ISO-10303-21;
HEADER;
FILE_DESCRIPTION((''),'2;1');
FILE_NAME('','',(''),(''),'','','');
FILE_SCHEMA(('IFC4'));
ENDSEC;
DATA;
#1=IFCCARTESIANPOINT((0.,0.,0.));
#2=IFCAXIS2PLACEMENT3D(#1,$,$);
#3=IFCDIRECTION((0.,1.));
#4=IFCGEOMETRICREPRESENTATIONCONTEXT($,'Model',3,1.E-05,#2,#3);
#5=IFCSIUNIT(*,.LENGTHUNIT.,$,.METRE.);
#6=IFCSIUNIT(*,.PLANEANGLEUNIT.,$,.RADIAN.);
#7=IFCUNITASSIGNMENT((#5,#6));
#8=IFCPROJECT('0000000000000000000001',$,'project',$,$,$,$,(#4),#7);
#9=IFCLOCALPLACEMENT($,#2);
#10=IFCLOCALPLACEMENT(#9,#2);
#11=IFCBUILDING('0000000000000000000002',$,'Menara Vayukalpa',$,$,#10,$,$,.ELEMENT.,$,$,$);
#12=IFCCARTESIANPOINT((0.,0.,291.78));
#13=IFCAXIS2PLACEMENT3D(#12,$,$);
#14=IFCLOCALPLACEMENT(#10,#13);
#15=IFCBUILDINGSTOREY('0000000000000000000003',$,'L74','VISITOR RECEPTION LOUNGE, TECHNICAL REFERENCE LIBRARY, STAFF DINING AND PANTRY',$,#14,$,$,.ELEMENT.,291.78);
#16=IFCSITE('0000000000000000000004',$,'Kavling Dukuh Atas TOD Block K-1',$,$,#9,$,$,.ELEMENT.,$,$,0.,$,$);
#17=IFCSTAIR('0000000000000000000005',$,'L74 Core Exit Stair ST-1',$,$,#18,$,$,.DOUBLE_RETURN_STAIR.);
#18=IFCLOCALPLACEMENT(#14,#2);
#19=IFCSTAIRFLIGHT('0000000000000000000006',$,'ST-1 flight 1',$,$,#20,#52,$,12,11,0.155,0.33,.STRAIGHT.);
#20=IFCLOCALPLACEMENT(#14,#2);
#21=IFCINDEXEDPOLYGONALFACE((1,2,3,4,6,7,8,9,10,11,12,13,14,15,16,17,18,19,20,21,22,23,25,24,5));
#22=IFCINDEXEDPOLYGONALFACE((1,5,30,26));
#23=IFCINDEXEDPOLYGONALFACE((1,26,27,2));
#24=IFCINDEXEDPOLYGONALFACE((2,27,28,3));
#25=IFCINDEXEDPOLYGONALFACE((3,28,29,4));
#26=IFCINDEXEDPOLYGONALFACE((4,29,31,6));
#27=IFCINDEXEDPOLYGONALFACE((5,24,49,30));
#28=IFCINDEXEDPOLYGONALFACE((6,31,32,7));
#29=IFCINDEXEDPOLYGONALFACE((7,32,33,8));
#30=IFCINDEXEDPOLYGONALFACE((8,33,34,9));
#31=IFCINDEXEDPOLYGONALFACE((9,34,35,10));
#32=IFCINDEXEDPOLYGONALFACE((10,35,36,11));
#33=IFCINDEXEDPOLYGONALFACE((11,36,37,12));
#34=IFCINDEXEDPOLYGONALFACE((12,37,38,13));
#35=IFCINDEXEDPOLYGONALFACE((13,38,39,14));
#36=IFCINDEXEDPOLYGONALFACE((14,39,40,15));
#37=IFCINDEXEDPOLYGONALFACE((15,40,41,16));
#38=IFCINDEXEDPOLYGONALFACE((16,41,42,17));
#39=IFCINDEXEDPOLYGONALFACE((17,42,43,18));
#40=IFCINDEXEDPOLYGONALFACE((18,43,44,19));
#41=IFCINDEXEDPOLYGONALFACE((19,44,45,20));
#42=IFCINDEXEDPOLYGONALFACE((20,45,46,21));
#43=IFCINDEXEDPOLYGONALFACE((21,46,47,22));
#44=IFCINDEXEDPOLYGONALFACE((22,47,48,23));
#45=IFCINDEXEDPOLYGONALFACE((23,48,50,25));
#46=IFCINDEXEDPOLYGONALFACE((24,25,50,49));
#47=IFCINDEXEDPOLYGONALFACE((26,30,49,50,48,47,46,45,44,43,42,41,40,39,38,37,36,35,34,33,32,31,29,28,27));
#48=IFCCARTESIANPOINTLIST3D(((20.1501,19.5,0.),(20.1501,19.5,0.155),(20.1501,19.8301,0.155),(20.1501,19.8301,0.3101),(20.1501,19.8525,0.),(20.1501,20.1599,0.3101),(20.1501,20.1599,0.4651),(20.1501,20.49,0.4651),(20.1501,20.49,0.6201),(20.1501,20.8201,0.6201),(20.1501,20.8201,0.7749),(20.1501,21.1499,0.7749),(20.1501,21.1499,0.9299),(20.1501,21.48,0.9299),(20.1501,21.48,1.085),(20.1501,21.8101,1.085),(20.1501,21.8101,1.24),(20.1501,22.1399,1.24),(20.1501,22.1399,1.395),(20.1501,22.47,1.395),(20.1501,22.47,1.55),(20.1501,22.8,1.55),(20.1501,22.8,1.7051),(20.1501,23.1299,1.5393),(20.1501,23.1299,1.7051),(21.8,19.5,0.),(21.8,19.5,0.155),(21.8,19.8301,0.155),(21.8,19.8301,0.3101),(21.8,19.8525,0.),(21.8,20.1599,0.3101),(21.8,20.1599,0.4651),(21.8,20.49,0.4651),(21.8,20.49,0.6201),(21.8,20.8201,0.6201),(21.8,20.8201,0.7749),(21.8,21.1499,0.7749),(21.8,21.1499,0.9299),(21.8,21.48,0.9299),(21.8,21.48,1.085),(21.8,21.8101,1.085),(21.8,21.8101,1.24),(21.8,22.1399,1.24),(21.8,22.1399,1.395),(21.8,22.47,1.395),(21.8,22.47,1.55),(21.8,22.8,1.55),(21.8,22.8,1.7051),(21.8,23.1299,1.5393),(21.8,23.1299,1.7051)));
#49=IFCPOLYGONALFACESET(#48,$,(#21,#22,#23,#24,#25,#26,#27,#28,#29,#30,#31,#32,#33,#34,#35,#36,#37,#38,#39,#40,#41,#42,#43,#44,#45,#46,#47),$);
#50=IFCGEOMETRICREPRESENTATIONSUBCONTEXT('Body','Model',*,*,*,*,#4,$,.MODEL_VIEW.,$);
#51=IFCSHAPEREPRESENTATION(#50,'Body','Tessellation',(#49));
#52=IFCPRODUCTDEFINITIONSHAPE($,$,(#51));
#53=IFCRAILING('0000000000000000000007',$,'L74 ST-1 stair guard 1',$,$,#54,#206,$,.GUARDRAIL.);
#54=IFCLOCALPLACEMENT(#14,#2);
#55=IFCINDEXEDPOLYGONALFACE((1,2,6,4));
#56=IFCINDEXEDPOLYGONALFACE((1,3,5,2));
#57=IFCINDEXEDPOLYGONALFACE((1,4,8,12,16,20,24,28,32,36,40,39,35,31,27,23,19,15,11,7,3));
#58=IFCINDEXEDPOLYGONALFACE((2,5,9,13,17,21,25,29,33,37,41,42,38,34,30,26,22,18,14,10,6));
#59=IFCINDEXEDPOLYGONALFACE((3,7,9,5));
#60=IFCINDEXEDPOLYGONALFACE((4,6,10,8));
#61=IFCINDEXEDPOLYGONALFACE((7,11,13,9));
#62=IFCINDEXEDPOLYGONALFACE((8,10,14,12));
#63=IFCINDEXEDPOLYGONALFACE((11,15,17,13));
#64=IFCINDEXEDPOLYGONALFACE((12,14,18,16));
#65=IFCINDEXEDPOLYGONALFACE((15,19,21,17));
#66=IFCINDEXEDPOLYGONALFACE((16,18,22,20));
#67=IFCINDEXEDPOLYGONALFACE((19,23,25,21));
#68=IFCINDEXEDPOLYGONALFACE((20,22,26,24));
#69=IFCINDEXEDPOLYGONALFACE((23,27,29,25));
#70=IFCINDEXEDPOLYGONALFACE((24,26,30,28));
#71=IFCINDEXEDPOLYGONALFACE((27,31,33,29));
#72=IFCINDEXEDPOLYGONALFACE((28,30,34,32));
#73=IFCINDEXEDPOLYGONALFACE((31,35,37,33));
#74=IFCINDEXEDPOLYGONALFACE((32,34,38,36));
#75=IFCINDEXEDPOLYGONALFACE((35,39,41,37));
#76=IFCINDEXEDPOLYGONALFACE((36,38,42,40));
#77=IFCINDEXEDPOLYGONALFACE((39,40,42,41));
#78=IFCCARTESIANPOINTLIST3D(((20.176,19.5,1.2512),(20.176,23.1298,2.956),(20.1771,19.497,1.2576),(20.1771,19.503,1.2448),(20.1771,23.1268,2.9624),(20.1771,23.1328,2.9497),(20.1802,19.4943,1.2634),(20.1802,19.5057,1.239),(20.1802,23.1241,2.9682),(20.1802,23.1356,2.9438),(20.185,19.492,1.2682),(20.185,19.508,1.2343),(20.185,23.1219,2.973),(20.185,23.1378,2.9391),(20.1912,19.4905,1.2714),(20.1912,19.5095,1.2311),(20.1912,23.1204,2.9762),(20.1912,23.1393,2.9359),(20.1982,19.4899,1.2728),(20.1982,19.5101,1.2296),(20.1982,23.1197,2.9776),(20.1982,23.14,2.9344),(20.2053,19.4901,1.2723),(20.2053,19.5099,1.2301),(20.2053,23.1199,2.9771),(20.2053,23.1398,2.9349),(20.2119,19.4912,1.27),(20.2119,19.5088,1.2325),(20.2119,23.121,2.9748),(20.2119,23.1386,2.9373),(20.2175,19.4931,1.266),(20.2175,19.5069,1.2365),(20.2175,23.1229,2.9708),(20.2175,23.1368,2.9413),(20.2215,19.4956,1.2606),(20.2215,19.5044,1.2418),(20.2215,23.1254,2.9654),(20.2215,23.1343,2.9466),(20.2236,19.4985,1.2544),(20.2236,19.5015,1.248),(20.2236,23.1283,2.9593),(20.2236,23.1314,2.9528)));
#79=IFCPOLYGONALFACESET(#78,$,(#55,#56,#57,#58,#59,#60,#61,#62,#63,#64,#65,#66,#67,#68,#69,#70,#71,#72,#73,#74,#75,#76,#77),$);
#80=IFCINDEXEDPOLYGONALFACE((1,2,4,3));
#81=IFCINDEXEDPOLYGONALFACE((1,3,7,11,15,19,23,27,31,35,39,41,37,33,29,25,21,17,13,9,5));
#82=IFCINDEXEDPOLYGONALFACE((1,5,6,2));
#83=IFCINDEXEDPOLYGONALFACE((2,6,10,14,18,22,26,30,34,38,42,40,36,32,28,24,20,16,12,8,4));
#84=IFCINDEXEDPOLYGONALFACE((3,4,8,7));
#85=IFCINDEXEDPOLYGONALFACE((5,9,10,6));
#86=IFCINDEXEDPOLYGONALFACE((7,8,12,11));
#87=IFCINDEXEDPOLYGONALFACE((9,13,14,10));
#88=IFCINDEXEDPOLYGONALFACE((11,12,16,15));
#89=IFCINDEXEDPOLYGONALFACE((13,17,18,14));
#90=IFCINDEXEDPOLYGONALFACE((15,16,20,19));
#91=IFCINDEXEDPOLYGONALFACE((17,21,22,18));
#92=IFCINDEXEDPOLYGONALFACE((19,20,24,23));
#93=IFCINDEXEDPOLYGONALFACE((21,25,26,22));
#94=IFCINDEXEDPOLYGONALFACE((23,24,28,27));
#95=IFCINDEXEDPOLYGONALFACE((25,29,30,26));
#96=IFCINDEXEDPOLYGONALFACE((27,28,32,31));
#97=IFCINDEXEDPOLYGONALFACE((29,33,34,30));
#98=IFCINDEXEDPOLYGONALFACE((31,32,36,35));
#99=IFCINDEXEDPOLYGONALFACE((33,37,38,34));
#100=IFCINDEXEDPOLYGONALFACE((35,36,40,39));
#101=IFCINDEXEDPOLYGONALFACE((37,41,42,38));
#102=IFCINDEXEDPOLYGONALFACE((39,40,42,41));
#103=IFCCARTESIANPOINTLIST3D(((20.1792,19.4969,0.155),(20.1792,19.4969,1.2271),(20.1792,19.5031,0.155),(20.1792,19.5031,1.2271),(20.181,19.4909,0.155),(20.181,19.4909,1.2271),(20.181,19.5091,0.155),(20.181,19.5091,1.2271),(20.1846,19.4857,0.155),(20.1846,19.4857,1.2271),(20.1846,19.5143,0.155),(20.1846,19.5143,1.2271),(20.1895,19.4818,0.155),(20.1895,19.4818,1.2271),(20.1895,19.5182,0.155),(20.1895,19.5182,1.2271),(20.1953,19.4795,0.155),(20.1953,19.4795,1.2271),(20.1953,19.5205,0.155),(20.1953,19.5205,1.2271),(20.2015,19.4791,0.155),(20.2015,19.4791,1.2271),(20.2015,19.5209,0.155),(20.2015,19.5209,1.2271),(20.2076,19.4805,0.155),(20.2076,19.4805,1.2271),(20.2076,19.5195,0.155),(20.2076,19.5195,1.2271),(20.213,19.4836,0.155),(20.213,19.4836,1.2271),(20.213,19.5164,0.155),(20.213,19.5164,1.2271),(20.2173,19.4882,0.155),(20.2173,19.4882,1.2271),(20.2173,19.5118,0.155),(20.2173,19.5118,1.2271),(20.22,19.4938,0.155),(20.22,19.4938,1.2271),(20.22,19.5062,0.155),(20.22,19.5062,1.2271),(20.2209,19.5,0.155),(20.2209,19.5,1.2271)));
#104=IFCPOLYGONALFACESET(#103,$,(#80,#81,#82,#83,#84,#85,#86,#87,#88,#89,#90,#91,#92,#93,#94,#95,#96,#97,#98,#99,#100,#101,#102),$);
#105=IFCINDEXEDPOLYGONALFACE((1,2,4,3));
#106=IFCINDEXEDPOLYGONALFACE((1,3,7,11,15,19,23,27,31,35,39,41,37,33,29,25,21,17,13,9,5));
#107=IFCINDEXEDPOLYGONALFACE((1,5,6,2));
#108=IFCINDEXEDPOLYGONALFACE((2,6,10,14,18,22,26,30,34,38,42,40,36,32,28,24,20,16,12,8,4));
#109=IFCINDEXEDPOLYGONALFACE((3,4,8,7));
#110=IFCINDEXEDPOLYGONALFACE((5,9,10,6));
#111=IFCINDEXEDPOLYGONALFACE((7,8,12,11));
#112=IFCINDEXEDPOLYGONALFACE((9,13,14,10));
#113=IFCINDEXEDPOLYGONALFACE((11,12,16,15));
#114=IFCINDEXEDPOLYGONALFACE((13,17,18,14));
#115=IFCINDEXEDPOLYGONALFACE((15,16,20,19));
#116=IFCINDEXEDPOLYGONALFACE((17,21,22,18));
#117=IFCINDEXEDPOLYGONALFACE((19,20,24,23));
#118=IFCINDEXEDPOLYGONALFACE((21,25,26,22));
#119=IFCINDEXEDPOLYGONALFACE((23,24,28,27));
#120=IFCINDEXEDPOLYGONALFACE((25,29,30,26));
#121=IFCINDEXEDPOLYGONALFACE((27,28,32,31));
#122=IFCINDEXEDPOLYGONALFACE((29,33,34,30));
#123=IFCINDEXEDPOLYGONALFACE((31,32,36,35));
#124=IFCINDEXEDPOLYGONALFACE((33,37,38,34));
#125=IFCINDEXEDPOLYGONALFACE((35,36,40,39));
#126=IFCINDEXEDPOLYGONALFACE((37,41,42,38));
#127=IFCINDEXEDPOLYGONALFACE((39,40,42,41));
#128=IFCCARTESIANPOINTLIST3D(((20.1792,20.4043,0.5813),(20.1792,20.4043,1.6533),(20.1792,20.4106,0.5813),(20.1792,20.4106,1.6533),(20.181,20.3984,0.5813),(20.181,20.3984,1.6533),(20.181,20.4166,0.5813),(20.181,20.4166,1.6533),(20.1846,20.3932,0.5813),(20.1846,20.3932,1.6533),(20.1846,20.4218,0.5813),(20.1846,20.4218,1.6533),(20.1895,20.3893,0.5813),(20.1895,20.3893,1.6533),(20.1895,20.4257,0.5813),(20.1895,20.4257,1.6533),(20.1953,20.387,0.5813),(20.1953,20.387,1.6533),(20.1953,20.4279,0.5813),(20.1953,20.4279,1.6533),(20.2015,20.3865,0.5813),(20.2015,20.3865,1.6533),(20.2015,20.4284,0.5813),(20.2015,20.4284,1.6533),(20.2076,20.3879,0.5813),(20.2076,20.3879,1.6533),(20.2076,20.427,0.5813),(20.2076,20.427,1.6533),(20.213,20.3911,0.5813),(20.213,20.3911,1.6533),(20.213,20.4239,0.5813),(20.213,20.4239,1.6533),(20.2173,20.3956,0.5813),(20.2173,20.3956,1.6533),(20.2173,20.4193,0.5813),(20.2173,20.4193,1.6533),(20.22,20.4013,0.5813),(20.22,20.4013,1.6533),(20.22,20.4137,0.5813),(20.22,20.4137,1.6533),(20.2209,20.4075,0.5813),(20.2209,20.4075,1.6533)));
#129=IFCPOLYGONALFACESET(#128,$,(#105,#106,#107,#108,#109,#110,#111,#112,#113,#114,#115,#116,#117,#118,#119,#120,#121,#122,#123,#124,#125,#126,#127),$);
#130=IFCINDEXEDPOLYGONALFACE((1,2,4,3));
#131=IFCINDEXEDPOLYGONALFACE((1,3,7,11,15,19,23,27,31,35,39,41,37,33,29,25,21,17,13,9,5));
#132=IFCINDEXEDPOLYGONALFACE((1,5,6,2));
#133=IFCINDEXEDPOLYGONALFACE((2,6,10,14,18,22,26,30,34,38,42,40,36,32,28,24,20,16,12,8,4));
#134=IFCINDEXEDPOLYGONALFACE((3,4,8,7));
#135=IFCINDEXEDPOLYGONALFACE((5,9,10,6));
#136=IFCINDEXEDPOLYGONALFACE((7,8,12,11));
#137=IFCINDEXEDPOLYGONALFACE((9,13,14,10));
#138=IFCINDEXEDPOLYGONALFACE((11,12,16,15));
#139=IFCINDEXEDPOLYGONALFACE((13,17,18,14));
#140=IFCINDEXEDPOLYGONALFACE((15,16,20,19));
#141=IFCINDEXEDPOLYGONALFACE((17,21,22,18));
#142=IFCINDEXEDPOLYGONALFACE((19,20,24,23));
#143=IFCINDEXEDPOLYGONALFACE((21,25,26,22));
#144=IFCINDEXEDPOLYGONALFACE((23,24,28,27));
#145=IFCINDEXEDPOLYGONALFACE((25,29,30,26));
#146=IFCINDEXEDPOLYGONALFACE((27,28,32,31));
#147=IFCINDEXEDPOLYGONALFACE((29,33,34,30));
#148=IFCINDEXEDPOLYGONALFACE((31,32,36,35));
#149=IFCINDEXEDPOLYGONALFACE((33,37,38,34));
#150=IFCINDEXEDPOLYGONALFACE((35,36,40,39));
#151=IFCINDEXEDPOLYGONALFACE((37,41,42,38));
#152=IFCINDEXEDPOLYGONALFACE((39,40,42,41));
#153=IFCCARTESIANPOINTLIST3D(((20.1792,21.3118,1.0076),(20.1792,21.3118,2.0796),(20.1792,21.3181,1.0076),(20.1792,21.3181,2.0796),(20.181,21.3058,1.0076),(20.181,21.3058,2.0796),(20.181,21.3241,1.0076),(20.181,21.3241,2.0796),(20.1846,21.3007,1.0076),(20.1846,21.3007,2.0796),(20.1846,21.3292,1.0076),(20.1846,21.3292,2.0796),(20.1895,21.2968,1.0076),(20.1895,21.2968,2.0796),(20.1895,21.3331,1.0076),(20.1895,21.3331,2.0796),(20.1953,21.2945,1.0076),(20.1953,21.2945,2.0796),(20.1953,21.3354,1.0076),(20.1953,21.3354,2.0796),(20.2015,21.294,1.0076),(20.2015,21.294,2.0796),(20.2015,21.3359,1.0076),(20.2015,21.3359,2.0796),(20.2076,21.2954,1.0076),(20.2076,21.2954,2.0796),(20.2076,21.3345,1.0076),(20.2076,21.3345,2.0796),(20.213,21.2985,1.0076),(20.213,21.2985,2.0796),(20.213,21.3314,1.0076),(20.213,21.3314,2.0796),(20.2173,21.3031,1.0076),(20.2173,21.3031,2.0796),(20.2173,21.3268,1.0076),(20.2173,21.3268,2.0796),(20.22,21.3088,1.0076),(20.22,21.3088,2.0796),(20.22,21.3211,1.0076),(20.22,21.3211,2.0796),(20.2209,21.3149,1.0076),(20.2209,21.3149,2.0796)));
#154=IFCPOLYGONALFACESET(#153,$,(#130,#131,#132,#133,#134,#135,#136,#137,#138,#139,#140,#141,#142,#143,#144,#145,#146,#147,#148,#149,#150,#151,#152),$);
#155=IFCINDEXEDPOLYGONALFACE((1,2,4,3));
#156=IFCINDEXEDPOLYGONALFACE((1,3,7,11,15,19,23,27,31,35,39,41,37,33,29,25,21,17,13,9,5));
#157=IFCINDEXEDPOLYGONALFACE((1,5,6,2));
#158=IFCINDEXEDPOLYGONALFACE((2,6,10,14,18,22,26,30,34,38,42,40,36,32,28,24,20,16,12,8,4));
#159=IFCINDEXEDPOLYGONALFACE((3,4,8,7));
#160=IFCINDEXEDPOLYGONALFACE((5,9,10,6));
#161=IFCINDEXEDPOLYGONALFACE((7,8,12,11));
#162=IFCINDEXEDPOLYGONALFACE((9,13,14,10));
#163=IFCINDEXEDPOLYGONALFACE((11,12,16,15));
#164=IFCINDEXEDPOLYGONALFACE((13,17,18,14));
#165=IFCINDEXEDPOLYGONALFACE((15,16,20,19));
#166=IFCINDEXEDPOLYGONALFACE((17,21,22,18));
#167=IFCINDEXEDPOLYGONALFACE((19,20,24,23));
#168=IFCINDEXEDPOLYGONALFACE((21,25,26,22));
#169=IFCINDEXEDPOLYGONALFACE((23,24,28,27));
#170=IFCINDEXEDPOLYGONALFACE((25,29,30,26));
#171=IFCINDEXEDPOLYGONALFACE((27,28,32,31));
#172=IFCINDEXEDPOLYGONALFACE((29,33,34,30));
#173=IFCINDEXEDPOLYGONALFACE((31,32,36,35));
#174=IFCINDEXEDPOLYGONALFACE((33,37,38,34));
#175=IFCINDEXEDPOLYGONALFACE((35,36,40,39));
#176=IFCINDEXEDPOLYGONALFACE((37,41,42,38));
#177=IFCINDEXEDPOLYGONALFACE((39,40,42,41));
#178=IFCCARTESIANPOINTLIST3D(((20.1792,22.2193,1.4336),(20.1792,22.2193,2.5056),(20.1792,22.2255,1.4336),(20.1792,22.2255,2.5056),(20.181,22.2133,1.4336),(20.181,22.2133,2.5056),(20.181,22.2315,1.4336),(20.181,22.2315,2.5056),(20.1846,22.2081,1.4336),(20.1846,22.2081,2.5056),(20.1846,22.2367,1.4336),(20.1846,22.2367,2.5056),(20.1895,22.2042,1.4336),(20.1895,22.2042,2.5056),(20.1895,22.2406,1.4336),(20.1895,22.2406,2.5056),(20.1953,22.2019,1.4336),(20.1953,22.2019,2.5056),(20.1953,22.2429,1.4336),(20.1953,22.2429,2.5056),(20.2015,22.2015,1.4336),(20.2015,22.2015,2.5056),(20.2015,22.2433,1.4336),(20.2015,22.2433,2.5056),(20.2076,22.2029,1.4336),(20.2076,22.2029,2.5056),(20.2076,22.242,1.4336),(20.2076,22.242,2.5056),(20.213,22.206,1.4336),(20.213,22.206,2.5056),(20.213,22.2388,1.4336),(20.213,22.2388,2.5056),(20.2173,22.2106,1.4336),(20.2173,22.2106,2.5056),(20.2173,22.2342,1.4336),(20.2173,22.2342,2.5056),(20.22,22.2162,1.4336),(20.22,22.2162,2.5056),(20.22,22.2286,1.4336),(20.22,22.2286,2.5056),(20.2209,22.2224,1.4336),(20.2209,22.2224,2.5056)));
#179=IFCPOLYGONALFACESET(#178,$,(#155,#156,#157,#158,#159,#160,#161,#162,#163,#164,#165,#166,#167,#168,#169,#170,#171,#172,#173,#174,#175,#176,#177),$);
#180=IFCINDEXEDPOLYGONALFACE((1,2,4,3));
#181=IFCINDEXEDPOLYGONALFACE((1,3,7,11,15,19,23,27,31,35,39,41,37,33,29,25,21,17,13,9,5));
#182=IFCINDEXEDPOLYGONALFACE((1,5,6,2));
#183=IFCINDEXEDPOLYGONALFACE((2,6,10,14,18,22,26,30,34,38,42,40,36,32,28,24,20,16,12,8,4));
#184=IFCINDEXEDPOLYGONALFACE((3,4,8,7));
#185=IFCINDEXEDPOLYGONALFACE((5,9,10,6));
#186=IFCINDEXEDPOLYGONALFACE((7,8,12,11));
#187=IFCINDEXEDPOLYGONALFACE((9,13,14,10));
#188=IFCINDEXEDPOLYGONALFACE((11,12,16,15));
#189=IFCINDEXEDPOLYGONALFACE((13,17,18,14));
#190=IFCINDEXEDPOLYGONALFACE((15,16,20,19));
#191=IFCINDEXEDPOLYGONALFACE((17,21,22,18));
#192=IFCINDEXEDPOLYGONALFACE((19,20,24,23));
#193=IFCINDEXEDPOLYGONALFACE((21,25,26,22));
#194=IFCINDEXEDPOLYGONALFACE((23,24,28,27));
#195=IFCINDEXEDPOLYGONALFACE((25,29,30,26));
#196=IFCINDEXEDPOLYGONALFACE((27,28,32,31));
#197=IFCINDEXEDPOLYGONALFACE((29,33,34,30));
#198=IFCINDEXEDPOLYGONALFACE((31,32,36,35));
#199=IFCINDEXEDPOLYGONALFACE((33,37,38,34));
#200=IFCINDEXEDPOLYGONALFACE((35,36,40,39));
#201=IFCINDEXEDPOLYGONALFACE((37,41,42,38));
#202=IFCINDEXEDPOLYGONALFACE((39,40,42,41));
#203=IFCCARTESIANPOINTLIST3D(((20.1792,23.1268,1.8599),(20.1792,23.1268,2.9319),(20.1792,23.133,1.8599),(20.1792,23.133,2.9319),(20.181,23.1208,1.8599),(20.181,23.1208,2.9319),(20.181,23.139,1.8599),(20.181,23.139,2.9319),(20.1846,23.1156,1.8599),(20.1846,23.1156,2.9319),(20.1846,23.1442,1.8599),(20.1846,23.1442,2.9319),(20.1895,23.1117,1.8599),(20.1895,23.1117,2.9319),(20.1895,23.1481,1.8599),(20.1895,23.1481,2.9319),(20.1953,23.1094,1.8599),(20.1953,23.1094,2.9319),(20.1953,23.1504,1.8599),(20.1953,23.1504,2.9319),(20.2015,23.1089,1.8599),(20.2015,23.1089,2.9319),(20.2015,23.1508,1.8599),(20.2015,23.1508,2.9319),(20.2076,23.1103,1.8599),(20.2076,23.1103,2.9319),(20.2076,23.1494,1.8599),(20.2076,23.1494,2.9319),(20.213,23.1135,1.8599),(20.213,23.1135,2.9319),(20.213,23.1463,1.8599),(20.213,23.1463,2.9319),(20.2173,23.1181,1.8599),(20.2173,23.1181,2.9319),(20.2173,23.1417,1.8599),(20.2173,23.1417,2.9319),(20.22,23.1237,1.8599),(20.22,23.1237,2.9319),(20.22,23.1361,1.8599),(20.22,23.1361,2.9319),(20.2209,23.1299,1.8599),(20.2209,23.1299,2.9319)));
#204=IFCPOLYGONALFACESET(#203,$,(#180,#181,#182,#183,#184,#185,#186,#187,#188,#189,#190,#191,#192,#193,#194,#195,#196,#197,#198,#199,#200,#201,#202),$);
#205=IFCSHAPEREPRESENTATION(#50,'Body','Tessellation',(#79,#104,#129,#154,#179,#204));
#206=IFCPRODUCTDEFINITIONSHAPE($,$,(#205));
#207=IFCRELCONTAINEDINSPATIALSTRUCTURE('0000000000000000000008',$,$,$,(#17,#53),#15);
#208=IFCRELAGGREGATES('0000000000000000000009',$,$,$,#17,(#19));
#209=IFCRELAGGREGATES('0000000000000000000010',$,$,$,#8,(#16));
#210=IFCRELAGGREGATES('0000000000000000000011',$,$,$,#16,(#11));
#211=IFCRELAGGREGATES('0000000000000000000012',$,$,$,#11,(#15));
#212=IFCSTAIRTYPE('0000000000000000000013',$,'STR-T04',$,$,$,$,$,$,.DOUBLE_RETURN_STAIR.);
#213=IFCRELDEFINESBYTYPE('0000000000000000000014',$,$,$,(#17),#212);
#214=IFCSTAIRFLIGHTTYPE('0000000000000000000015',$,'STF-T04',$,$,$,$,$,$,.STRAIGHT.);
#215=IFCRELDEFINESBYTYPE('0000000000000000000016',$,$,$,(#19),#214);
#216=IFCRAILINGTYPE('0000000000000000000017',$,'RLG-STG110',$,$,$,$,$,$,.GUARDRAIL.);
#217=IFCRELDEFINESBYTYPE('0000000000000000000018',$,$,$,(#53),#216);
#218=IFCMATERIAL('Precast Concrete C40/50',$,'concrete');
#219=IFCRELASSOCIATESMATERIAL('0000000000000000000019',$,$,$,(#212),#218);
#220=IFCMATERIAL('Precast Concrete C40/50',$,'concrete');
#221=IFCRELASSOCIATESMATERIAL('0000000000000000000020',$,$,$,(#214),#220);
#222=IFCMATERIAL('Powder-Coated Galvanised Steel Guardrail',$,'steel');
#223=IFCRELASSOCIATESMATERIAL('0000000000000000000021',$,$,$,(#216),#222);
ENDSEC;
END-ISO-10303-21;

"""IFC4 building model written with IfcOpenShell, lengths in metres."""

from ifc_helpers import new_model, si_unit, direction, frame, origin, origin_2d, place, context, subcontext, project, spatial, polyline, circle, outline, extrude, material, type_object, element, aggregate, save


model = new_model("IFC4")

# Units and contexts
model_context = context("Model", 3, precision=1e-05, world=origin(), true_north=direction((0.0, 1.0)))
body_context = subcontext(model_context, "Body", "Model", "MODEL_VIEW")
ifc_project = project(units=[si_unit("LENGTHUNIT", "METRE"), si_unit("PLANEANGLEUNIT", "RADIAN")], contexts=[model_context])

# Site, building, storey
site_placement = place(None, origin())
site = spatial("IfcSite", under=ifc_project, at=site_placement, Name="Kavling Dukuh Atas TOD Block K-1", CompositionType="ELEMENT", RefElevation=0.0)
building_placement = place(site_placement, origin())
building = spatial("IfcBuilding", under=site, at=building_placement, Name="Menara Vayukalpa", CompositionType="ELEMENT")
storey_placement = place(building_placement, frame((0.0, 0.0, 291.78)))
storey = spatial("IfcBuildingStorey", under=building, at=storey_placement, Name="L74", Description="VISITOR RECEPTION LOUNGE, TECHNICAL REFERENCE LIBRARY, STAFF DINING AND PANTRY", CompositionType="ELEMENT", Elevation=291.78)

# Stair, stair flight
ifc_material_1 = material(Name="Precast Concrete C40/50", Category="concrete")
stair_type = type_object("IfcStairType", Name="STR-T04", PredefinedType="DOUBLE_RETURN_STAIR", material=ifc_material_1)
stair_placement = place(storey_placement, origin())
stair = element("IfcStair", 1, at=stair_placement, inside=storey, type_object=stair_type, Name="L74 Core Exit Stair ST-1", PredefinedType="DOUBLE_RETURN_STAIR")
ifc_material_2 = material(Name="Precast Concrete C40/50", Category="concrete")
stair_flight_type = type_object("IfcStairFlightType", Name="STF-T04", PredefinedType="STRAIGHT", material=ifc_material_2)
stair_flight_placement = place(storey_placement, frame((20.9751, 19.5, 0.0), z_axis=(0.0, 0.0, 1.0), x_axis=(0.0, 1.0, 0.0)))
stair_flight = element("IfcStairFlight", 2, at=stair_flight_placement, type_object=stair_flight_type, Name="ST-1 flight 1", NumberOfRisers=12, NumberOfTreads=11, PredefinedType="STRAIGHT", RiserHeight=0.155, TreadLength=0.33, context=body_context, shape_type="SweptSolid", body=[
    extrude(outline(polyline([(0.0, 0.0), (0.0, 0.155), (0.3301, 0.155), (0.3301, 0.3101), (0.6599, 0.3101), (0.6599, 0.4651), (0.99, 0.4651), (0.99, 0.6201), (1.3201, 0.6201), (1.3201, 0.7749), (1.6499, 0.7749), (1.6499, 0.9299), (1.98, 0.9299), (1.98, 1.085), (2.3101, 1.085), (2.3101, 1.24), (2.6399, 1.24), (2.6399, 1.395), (2.97, 1.395), (2.97, 1.55), (3.3, 1.55), (3.3, 1.7051), (3.6299, 1.7051), (3.6299, 1.8601), (3.6299, 1.5393), (0.3525, 0.0), (0.0, 0.0)])), frame((0.0, 0.825, 0.0), z_axis=(0.0, -1.0, 0.0), x_axis=(1.0, 0.0, 0.0)), (0.0, 0.0, 1.0), 1.6499),
])
aggregate(stair, [stair_flight])

# Railing
ifc_material_3 = material(Name="Powder-Coated Galvanised Steel Guardrail", Category="steel")
railing_type_1 = type_object("IfcRailingType", Name="RLG-STG110", PredefinedType="GUARDRAIL", material=ifc_material_3)
railing_1_placement = place(storey_placement, frame((20.2, 19.5, 0.155)))
element("IfcRailing", 3, at=railing_1_placement, inside=storey, type_object=railing_type_1, Name="L74 ST-1 stair guard 1", PredefinedType="GUARDRAIL", context=body_context, shape_type="SweptSolid", body=[
    extrude(circle(Radius=0.0239, at=origin_2d()), frame((0.0, 0.0, 1.0962), z_axis=(0.0, 0.90514, 0.425114), x_axis=(-1.0, 0.0, 0.0)), (0.0, 0.0, 1.0), 4.0103),
    extrude(circle(Radius=0.021, at=origin_2d()), origin(), (0.0, 0.0, 1.0), 1.072),
    extrude(circle(Radius=0.021, at=origin_2d()), frame((0.0, 0.9075, 0.4263)), (0.0, 0.0, 1.0), 1.072),
    extrude(circle(Radius=0.021, at=origin_2d()), frame((0.0, 1.8149, 0.8525)), (0.0, 0.0, 1.0), 1.072),
    extrude(circle(Radius=0.021, at=origin_2d()), frame((0.0, 2.7224, 1.2786)), (0.0, 0.0, 1.0), 1.072),
    extrude(circle(Radius=0.021, at=origin_2d()), frame((0.0, 3.6299, 1.7048)), (0.0, 0.0, 1.0), 1.072),
])

save(model, "model.ifc")
